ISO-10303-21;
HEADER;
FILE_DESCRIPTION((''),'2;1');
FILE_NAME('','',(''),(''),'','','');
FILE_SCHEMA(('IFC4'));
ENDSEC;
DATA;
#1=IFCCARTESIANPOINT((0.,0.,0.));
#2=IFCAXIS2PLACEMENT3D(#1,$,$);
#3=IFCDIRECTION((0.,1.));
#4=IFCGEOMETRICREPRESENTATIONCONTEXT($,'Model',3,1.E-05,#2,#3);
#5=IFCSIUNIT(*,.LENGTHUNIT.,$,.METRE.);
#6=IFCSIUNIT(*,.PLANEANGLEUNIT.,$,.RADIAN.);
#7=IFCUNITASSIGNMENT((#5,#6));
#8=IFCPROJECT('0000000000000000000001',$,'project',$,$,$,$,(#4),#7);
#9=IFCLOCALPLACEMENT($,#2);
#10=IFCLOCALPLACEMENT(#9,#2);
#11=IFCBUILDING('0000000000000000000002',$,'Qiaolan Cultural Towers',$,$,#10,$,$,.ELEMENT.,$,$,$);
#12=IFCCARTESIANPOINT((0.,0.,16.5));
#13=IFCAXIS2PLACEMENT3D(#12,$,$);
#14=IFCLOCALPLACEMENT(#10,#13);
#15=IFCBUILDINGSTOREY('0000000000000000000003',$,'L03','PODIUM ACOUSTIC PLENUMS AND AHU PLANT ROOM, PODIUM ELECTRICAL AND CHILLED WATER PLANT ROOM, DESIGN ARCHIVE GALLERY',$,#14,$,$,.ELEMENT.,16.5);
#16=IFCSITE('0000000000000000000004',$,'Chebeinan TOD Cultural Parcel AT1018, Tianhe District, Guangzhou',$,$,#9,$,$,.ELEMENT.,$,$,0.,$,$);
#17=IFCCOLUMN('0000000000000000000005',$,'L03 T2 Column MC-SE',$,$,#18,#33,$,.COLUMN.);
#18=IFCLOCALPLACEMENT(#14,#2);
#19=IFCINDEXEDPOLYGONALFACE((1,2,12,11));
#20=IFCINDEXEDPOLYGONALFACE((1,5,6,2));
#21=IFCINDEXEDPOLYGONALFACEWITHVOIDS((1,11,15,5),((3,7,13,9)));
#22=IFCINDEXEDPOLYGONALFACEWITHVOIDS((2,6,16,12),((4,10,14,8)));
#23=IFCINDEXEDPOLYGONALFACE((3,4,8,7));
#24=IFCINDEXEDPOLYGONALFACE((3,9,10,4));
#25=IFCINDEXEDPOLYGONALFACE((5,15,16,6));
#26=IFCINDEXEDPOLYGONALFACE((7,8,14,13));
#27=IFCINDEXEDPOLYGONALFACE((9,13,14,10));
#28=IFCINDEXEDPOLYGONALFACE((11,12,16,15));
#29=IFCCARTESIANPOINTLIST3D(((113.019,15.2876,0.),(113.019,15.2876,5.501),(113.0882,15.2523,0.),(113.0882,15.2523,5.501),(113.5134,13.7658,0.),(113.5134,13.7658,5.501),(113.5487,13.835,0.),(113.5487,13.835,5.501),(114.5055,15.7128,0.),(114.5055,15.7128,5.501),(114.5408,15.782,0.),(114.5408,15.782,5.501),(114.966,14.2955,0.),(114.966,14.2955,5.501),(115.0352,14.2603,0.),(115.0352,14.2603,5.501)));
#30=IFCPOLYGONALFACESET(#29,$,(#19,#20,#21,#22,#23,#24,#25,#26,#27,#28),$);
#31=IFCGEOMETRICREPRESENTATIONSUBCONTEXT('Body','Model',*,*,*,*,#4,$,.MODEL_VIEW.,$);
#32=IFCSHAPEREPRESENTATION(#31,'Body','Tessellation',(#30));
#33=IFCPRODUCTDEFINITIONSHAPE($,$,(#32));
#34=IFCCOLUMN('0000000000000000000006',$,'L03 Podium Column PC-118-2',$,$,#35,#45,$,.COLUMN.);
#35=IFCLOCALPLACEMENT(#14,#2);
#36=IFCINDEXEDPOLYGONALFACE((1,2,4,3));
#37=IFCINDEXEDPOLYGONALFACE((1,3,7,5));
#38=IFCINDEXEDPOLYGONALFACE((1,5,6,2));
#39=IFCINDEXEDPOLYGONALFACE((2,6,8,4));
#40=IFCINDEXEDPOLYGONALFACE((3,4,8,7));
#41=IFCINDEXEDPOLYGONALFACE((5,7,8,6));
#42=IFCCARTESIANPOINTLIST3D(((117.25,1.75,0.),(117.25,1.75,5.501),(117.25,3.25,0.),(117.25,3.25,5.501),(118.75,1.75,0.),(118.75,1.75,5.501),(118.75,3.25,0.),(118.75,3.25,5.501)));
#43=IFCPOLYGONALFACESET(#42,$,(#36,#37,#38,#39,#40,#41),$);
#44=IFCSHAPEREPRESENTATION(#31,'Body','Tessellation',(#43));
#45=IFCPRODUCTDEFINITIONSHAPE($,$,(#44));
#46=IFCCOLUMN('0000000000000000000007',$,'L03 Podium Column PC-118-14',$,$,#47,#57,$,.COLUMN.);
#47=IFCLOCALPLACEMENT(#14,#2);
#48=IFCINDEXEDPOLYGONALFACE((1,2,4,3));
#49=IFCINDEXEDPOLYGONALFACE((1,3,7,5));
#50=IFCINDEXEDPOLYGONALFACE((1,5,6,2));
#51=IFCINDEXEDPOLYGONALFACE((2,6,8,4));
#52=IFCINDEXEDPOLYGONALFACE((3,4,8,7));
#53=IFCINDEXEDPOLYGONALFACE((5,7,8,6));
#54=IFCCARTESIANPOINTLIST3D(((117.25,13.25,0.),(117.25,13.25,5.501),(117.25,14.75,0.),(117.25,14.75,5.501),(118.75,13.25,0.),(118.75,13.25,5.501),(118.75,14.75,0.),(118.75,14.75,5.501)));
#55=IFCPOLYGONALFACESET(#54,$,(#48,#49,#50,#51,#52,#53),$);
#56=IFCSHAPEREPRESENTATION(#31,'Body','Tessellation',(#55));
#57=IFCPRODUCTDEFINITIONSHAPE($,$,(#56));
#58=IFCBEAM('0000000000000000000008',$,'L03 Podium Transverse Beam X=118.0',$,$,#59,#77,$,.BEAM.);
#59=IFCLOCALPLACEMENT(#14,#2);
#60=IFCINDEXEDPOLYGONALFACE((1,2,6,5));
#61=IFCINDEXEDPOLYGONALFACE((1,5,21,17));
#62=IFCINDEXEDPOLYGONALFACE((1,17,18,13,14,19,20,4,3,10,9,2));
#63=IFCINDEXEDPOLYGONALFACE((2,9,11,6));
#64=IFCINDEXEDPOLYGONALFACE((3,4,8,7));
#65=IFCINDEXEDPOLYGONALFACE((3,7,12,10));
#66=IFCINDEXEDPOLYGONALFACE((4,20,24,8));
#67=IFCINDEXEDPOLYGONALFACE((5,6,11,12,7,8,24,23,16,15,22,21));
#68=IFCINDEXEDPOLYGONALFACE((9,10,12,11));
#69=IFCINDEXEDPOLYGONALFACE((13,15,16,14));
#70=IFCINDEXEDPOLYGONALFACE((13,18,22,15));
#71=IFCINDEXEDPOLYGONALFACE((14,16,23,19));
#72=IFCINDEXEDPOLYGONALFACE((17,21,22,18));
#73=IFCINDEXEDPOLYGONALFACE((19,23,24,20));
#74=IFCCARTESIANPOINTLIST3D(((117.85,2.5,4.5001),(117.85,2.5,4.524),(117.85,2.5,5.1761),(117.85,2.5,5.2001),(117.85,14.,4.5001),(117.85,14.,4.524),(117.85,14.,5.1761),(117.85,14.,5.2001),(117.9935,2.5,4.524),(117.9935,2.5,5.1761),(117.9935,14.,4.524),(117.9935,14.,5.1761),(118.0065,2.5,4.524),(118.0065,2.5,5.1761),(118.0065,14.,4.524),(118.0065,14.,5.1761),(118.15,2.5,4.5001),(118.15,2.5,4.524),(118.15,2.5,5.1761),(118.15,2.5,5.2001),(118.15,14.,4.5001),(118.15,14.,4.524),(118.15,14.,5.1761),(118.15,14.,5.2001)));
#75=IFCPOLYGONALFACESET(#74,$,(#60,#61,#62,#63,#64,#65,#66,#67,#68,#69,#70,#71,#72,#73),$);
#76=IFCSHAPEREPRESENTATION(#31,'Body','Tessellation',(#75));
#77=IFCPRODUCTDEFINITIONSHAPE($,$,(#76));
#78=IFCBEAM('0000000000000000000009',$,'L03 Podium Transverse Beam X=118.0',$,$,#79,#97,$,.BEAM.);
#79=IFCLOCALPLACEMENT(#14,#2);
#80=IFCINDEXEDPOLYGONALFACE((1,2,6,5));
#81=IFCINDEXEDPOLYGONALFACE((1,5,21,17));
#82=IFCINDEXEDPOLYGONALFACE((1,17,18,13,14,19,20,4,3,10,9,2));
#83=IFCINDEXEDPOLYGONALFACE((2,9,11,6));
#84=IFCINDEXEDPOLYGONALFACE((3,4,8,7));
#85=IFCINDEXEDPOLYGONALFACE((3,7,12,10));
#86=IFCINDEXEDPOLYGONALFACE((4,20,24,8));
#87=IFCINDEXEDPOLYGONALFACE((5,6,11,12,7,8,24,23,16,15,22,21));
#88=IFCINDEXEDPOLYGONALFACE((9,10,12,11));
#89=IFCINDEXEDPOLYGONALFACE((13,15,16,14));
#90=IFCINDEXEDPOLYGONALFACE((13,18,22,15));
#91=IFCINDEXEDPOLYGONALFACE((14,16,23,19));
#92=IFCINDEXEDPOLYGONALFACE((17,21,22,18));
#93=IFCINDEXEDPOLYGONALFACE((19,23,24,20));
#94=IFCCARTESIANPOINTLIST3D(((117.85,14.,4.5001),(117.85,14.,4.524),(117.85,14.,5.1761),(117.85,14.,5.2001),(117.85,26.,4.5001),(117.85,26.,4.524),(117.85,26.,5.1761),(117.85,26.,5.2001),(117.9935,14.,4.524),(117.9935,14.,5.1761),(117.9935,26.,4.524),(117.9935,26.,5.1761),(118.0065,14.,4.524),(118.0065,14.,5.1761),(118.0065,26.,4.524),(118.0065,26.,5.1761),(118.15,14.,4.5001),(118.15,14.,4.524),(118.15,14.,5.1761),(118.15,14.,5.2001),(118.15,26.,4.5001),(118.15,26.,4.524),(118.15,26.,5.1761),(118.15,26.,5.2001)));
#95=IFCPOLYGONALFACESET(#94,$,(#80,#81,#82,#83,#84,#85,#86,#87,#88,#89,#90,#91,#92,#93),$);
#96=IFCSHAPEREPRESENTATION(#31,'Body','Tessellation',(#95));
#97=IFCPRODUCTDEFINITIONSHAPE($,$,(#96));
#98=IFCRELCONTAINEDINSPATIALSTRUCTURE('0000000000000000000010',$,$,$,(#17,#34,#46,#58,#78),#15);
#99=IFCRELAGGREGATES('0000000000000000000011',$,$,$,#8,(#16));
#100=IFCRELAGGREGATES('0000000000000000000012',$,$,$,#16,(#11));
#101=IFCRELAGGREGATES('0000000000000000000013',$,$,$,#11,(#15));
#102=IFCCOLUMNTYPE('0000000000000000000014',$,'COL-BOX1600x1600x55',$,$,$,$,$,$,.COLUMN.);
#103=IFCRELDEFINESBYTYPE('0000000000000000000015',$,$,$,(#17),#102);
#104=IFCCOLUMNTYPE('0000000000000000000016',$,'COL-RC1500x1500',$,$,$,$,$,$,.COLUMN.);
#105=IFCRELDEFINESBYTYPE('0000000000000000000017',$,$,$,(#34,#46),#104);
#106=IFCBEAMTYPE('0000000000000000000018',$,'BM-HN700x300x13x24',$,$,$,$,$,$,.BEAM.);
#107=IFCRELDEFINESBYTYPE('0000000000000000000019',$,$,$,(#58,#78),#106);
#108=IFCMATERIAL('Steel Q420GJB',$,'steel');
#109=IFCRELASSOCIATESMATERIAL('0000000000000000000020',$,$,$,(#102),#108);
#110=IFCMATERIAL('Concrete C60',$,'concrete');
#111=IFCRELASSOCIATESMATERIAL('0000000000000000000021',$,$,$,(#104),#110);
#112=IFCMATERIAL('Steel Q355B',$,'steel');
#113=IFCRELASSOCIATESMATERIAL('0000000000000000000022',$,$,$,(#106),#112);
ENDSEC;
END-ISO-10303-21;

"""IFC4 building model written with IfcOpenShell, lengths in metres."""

from ifc_helpers import new_model, si_unit, direction, frame, origin, origin_2d, place, context, subcontext, project, spatial, rectangle, hollow_rectangle, i_section, extrude, material, material_profile, profile_set, type_object, element, save


model = new_model("IFC4")

# Units and contexts
model_context = context("Model", 3, precision=1e-05, world=origin(), true_north=direction((0.0, 1.0)))
body_context = subcontext(model_context, "Body", "Model", "MODEL_VIEW")
ifc_project = project(units=[si_unit("LENGTHUNIT", "METRE"), si_unit("PLANEANGLEUNIT", "RADIAN")], contexts=[model_context])

# Site, building, storey
site_placement = place(None, origin())
site = spatial("IfcSite", under=ifc_project, at=site_placement, Name="Chebeinan TOD Cultural Parcel AT1018, Tianhe District, Guangzhou", CompositionType="ELEMENT", RefElevation=0.0)
building_placement = place(site_placement, origin())
building = spatial("IfcBuilding", under=site, at=building_placement, Name="Qiaolan Cultural Towers", CompositionType="ELEMENT")
storey_placement = place(building_placement, frame((0.0, 0.0, 16.5)))
storey = spatial("IfcBuildingStorey", under=building, at=storey_placement, Name="L03", Description="PODIUM ACOUSTIC PLENUMS AND AHU PLANT ROOM, PODIUM ELECTRICAL AND CHILLED WATER PLANT ROOM, DESIGN ARCHIVE GALLERY", CompositionType="ELEMENT", Elevation=16.5)

# Columns
ifc_material_1 = material(Name="Steel Q420GJB", Category="steel")
ifc_material_profile_1 = material_profile(ifc_material_1, hollow_rectangle(XDim=1.6001, YDim=1.6001, WallThickness=0.0549, at=origin_2d()), Name="BOX1600x1600x55")
ifc_profile_set_1 = profile_set([ifc_material_profile_1], Name="Steel Q420GJB")
column_type_1 = type_object("IfcColumnType", Name="COL-BOX1600x1600x55", PredefinedType="COLUMN", material=ifc_profile_set_1)
column_placement = place(storey_placement, frame((114.0271, 14.7739, 0.0), z_axis=(0.0, 0.0, 1.0), x_axis=(0.951057, 0.309017, 0.0)))
element("IfcColumn", 1, at=column_placement, inside=storey, type_object=column_type_1, Name="L03 T2 Column MC-SE", PredefinedType="COLUMN", context=body_context, shape_type="SweptSolid", body=[
    extrude(hollow_rectangle(XDim=1.6001, YDim=1.6001, WallThickness=0.0549, at=origin_2d()), origin(), (0.0, 0.0, 1.0), 5.501),
])
ifc_material_2 = material(Name="Concrete C60", Category="concrete")
ifc_material_profile_2 = material_profile(ifc_material_2, rectangle(XDim=1.5, YDim=1.5, at=origin_2d()), Name="RC1500x1500")
ifc_profile_set_2 = profile_set([ifc_material_profile_2], Name="Concrete C60")
column_type_2 = type_object("IfcColumnType", Name="COL-RC1500x1500", PredefinedType="COLUMN", material=ifc_profile_set_2)
for number, where, z_axis, x_axis, name in (
    (2, (118.0, 2.5, 0.0), (0.0, 0.0, 1.0), (1.0, 0.0, 0.0), "L03 Podium Column PC-118-2"),
    (3, (118.0, 14.0, 0.0), (0.0, 0.0, 1.0), (1.0, 0.0, 0.0), "L03 Podium Column PC-118-14"),
):
    element("IfcColumn", number, at=place(storey_placement, frame(where, z_axis=z_axis, x_axis=x_axis)), inside=storey, type_object=column_type_2, Name=name, PredefinedType="COLUMN", context=body_context, shape_type="SweptSolid", body=[
        extrude(rectangle(XDim=1.5, YDim=1.5, at=origin_2d()), origin(), (0.0, 0.0, 1.0), 5.501),
    ])

# Beams
ifc_material_3 = material(Name="Steel Q355B", Category="steel")
ifc_material_profile_3 = material_profile(ifc_material_3, i_section(OverallWidth=0.3, OverallDepth=0.7, WebThickness=0.0129, FlangeThickness=0.0239, at=origin_2d()), Name="HN700x300x13x24")
ifc_profile_set_3 = profile_set([ifc_material_profile_3], Name="Steel Q355B")
beam_type = type_object("IfcBeamType", Name="BM-HN700x300x13x24", PredefinedType="BEAM", material=ifc_profile_set_3)
beam_1_placement = place(storey_placement, frame((118.0, 2.5, 4.8501), z_axis=(0.0, 1.0, 0.0), x_axis=(-1.0, 0.0, 0.0)))
element("IfcBeam", 4, at=beam_1_placement, inside=storey, type_object=beam_type, Name="L03 Podium Transverse Beam X=118.0", PredefinedType="BEAM", context=body_context, shape_type="SweptSolid", body=[
    extrude(i_section(OverallWidth=0.3, OverallDepth=0.7, WebThickness=0.0129, FlangeThickness=0.0239, at=origin_2d()), origin(), (0.0, 0.0, 1.0), 11.5),
])
beam_2_placement = place(storey_placement, frame((118.0, 14.0, 4.8501), z_axis=(0.0, 1.0, 0.0), x_axis=(-1.0, 0.0, 0.0)))
element("IfcBeam", 5, at=beam_2_placement, inside=storey, type_object=beam_type, Name="L03 Podium Transverse Beam X=118.0", PredefinedType="BEAM", context=body_context, shape_type="SweptSolid", body=[
    extrude(i_section(OverallWidth=0.3, OverallDepth=0.7, WebThickness=0.0129, FlangeThickness=0.0239, at=origin_2d()), origin(), (0.0, 0.0, 1.0), 12.0),
])

save(model, "model.ifc")
